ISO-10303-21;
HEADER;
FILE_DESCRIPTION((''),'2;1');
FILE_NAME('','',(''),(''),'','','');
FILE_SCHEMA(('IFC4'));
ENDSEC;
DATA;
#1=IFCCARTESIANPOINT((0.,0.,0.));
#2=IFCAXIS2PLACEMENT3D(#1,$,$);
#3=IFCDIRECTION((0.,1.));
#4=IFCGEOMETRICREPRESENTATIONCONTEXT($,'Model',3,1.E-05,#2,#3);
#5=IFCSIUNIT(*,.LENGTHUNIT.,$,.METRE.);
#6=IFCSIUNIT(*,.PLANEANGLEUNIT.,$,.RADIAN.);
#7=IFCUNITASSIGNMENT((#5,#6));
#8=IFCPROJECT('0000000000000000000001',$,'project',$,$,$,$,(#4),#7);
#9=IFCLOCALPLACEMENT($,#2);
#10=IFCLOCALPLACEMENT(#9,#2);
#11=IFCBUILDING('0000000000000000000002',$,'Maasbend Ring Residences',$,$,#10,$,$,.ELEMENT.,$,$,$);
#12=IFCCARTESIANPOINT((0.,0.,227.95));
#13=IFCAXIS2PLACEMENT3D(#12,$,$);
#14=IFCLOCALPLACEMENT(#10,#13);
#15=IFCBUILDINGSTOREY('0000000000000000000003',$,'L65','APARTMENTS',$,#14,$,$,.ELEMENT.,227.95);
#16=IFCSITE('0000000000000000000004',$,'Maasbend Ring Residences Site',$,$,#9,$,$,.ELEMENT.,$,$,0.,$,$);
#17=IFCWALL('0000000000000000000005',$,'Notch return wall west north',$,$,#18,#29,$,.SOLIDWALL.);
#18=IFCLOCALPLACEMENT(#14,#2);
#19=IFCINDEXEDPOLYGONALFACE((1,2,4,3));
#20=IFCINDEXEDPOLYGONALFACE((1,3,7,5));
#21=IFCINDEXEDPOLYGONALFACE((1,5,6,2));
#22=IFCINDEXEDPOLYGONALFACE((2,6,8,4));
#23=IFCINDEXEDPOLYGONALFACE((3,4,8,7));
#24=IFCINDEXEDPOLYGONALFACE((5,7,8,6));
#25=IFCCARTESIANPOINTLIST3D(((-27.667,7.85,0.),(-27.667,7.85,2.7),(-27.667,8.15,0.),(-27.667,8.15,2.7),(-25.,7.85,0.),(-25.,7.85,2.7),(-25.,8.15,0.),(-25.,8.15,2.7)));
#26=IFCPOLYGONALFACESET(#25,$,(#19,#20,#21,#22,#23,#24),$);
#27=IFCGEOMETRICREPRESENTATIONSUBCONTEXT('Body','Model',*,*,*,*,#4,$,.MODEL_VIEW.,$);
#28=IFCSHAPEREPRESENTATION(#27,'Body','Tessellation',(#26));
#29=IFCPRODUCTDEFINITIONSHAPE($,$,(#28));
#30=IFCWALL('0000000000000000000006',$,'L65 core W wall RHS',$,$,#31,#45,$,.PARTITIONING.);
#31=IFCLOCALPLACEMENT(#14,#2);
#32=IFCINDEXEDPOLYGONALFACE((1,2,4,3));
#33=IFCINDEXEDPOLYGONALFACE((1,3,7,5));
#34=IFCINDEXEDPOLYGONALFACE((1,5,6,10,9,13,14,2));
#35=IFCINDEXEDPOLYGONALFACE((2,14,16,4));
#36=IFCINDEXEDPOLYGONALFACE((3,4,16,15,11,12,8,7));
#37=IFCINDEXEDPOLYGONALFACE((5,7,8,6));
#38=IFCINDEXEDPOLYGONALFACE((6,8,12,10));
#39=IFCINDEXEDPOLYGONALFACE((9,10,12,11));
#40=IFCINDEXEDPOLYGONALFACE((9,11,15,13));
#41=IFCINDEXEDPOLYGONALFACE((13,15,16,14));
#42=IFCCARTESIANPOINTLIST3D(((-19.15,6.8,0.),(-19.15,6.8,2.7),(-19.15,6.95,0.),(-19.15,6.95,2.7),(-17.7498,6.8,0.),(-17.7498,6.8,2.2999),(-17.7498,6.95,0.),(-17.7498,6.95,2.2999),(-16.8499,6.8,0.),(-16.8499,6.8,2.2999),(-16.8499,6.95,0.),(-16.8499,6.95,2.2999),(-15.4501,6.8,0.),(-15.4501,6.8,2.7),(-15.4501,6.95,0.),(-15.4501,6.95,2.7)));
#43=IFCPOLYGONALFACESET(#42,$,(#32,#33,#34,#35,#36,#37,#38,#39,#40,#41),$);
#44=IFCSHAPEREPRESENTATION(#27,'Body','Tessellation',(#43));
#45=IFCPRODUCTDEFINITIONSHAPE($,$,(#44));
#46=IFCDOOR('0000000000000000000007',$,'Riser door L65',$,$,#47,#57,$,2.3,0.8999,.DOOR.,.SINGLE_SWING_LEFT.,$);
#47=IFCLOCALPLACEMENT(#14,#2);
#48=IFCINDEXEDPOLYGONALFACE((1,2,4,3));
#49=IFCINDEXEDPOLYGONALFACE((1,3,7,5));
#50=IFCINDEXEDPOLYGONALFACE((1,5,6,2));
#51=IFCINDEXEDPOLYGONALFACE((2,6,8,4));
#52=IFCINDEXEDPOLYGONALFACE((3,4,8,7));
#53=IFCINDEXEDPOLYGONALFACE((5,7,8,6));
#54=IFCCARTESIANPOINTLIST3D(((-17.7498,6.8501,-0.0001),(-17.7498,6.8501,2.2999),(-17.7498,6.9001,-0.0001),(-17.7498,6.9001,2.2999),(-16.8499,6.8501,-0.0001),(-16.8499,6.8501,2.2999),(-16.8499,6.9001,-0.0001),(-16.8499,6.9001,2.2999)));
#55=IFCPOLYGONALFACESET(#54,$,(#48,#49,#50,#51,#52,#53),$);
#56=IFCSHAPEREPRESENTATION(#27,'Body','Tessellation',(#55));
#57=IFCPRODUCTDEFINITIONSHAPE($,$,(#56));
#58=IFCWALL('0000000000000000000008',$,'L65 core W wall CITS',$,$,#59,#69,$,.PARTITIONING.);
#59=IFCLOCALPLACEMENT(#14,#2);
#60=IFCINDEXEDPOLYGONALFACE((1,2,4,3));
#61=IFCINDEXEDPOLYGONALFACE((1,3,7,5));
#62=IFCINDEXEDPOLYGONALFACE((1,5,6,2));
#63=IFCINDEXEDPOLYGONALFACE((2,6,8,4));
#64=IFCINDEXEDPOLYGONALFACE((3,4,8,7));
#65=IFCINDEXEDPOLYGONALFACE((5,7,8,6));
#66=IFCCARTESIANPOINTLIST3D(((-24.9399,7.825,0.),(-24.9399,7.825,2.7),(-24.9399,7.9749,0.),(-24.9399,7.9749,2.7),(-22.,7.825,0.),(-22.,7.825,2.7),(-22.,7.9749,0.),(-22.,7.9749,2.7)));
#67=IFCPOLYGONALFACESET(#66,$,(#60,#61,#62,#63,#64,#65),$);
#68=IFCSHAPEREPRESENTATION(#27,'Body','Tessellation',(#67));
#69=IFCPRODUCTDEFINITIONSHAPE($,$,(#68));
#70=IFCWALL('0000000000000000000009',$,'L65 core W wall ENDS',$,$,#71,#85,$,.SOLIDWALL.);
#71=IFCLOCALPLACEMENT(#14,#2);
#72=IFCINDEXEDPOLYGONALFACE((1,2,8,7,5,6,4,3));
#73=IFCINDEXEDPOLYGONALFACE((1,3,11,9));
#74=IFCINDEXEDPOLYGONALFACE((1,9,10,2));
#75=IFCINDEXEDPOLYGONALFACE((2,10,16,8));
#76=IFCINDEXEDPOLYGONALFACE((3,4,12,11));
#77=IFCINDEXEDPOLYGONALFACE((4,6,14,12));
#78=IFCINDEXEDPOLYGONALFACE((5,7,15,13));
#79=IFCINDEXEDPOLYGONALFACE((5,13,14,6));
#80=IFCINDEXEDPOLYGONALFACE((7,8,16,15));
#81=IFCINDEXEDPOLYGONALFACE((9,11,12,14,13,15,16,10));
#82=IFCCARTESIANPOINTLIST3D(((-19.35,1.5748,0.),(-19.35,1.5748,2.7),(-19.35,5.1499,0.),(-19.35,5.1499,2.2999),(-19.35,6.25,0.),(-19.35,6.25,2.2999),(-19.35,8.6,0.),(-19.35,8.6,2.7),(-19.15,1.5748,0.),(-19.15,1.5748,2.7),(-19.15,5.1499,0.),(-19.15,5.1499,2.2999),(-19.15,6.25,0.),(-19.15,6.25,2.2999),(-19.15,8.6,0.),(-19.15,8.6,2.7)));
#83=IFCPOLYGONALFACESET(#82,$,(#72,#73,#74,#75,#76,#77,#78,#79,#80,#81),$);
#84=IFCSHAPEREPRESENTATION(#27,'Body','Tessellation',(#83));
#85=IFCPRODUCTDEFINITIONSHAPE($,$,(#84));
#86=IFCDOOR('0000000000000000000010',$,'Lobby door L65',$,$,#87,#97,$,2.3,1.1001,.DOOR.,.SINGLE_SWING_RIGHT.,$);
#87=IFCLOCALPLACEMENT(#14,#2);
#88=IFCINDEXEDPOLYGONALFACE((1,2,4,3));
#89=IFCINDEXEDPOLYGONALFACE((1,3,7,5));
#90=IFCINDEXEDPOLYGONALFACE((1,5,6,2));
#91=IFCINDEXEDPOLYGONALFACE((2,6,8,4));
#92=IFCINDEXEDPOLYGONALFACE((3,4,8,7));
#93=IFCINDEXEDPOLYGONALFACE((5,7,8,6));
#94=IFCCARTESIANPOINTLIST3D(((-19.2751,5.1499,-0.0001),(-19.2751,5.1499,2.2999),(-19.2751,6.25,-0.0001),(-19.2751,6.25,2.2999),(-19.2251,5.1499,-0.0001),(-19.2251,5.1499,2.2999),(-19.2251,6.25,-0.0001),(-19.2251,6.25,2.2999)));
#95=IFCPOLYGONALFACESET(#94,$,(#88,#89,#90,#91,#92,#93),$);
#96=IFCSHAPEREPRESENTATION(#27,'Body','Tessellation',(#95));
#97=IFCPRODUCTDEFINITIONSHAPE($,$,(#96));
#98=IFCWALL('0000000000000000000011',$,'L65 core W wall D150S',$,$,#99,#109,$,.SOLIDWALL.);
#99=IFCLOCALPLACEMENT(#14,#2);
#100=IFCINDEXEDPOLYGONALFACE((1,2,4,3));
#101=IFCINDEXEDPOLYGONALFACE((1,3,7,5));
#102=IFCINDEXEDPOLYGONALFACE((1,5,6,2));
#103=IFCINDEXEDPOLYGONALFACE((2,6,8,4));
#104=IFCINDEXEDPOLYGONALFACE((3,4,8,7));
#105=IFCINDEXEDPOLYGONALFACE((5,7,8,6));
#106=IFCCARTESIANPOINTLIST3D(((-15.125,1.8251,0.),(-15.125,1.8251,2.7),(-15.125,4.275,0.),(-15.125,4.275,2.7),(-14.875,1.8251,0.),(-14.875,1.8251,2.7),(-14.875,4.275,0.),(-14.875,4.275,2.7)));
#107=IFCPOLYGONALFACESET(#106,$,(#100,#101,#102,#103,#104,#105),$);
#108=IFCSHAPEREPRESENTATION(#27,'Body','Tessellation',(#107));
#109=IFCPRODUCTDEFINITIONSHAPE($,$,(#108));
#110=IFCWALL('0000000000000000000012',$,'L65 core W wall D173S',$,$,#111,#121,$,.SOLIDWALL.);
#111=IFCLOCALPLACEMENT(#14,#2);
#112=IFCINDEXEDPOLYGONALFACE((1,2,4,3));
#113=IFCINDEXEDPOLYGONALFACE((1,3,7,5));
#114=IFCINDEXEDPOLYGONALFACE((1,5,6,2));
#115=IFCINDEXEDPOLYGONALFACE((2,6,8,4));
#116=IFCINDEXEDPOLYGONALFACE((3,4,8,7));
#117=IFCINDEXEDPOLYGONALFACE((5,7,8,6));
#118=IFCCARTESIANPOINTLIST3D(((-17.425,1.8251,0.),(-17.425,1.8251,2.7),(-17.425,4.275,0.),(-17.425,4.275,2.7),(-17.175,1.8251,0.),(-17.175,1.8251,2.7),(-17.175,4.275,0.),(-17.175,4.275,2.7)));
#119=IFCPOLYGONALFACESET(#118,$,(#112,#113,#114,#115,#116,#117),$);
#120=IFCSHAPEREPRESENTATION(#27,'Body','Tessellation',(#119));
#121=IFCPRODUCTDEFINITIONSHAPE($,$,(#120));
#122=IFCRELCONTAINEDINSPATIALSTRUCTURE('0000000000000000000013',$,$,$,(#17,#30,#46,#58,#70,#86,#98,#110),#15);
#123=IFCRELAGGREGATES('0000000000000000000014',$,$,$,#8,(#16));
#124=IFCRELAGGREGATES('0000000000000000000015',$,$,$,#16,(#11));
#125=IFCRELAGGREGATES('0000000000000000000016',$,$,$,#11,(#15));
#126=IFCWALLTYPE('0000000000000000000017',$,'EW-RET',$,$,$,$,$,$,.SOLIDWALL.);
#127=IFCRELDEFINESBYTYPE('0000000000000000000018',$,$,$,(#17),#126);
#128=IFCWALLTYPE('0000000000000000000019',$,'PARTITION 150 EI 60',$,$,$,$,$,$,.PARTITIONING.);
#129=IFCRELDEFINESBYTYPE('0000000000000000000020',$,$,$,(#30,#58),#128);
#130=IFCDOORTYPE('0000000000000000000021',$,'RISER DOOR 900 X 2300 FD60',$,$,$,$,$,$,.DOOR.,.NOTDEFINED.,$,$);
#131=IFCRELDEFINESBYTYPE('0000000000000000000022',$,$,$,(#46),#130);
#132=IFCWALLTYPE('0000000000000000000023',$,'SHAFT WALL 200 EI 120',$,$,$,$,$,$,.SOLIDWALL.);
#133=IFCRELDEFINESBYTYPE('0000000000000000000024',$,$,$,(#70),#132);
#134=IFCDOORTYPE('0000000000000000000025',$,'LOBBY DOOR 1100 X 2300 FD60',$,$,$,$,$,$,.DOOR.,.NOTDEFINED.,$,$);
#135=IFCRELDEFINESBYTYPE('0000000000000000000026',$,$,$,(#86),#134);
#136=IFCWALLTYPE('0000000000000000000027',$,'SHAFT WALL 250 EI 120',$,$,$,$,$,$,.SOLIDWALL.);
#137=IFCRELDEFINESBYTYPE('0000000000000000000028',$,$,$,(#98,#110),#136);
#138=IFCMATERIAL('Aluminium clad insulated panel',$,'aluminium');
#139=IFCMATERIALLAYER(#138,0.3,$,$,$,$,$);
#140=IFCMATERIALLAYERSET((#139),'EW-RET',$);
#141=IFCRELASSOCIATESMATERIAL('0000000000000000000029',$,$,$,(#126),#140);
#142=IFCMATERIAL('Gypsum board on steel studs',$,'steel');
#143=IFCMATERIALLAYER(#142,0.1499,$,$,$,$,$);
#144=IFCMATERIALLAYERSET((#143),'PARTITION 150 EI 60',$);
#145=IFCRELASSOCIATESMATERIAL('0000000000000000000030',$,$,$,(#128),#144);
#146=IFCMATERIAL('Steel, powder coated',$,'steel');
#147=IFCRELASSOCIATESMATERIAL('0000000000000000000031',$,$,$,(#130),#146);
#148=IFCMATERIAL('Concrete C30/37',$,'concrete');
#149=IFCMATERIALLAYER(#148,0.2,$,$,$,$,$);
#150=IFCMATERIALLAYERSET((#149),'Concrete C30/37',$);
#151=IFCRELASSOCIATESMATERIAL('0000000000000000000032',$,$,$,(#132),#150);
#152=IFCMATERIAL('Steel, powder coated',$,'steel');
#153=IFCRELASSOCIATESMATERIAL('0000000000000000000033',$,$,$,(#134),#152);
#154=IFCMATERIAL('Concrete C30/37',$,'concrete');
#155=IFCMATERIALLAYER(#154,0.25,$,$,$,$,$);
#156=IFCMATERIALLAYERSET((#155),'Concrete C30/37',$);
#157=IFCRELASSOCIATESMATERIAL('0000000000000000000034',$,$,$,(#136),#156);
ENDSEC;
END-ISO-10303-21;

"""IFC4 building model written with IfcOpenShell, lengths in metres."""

from ifc_helpers import new_model, si_unit, direction, frame, frame_2d, origin, place, context, subcontext, project, spatial, rectangle, extrude, material, layer, layer_set, type_object, element, fill, save


model = new_model("IFC4")

# Units and contexts
model_context = context("Model", 3, precision=1e-05, world=origin(), true_north=direction((0.0, 1.0)))
body_context = subcontext(model_context, "Body", "Model", "MODEL_VIEW")
ifc_project = project(units=[si_unit("LENGTHUNIT", "METRE"), si_unit("PLANEANGLEUNIT", "RADIAN")], contexts=[model_context])

# Site, building, storey
site_placement = place(None, origin())
site = spatial("IfcSite", under=ifc_project, at=site_placement, Name="Maasbend Ring Residences Site", CompositionType="ELEMENT", RefElevation=0.0)
building_placement = place(site_placement, origin())
building = spatial("IfcBuilding", under=site, at=building_placement, Name="Maasbend Ring Residences", CompositionType="ELEMENT")
storey_placement = place(building_placement, frame((0.0, 0.0, 227.95)))
storey = spatial("IfcBuildingStorey", under=building, at=storey_placement, Name="L65", Description="APARTMENTS", CompositionType="ELEMENT", Elevation=227.95)

# Wall
ifc_material_1 = material(Name="Aluminium clad insulated panel", Category="aluminium")
ifc_layer_1 = layer(ifc_material_1, 0.3)
ifc_layer_set_1 = layer_set([ifc_layer_1], Name="EW-RET")
wall_type_1 = type_object("IfcWallType", Name="EW-RET", PredefinedType="SOLIDWALL", material=ifc_layer_set_1)
wall_1_placement = place(storey_placement, frame((-25.0, 8.0, 0.0), z_axis=(0.0, 0.0, 1.0), x_axis=(-1.0, 0.0, 0.0)))
element("IfcWall", 1, at=wall_1_placement, inside=storey, type_object=wall_type_1, Name="Notch return wall west north", PredefinedType="SOLIDWALL", context=body_context, shape_type="SweptSolid", body=[
    extrude(rectangle(XDim=2.667, YDim=0.3, at=frame_2d((1.3335, 0.0))), origin(), (0.0, 0.0, 1.0), 2.7),
])

# Wall, opening, door
ifc_material_2 = material(Name="Gypsum board on steel studs", Category="steel")
ifc_layer_2 = layer(ifc_material_2, 0.1499)
ifc_layer_set_2 = layer_set([ifc_layer_2], Name="PARTITION 150 EI 60")
wall_type_2 = type_object("IfcWallType", Name="PARTITION 150 EI 60", PredefinedType="PARTITIONING", material=ifc_layer_set_2)
wall_2_placement = place(storey_placement, frame((-15.45, 6.875, 0.0), z_axis=(0.0, 0.0, 1.0), x_axis=(-1.0, 0.0, 0.0)))
wall_2 = element("IfcWall", 2, at=wall_2_placement, inside=storey, type_object=wall_type_2, Name="L65 core W wall RHS", PredefinedType="PARTITIONING", context=body_context, shape_type="SweptSolid", body=[
    extrude(rectangle(XDim=3.7, YDim=0.1499, at=frame_2d((1.8501, 0.0))), origin(), (0.0, 0.0, 1.0), 2.7),
])
opening_1_placement = place(wall_2_placement, frame((1.3999, 0.0, 0.0)))
opening_1 = element("IfcOpeningElement", 3, at=opening_1_placement, cuts=wall_2, PredefinedType="OPENING", context=body_context, shape_type="SweptSolid", body=[
    extrude(rectangle(XDim=0.8999, YDim=2.3, at=frame_2d((0.45, 1.1499))), frame((0.0, 0.085, 0.0), z_axis=(0.0, -1.0, 0.0), x_axis=(1.0, 0.0, 0.0)), (0.0, 0.0, 1.0), 0.1699),
])
ifc_material_3 = material(Name="Steel, powder coated", Category="steel")
door_type_1 = type_object("IfcDoorType", Name="RISER DOOR 900 X 2300 FD60", OperationType="NOTDEFINED", PredefinedType="DOOR", material=ifc_material_3)
door_1_placement = place(opening_1_placement, origin())
door_1 = element("IfcDoor", 4, at=door_1_placement, inside=storey, type_object=door_type_1, Name="Riser door L65", OperationType="SINGLE_SWING_LEFT", OverallHeight=2.3, OverallWidth=0.8999, PredefinedType="DOOR", context=body_context, shape_type="SweptSolid", body=[
    extrude(rectangle(XDim=0.8999, YDim=2.3, at=frame_2d((0.45, 1.1499))), frame((0.0, 0.0249, 0.0), z_axis=(0.0, -1.0, 0.0), x_axis=(1.0, 0.0, 0.0)), (0.0, 0.0, 1.0), 0.05),
])
fill(opening_1, door_1)

# Wall
wall_3_placement = place(storey_placement, frame((-22.0, 7.8999, 0.0), z_axis=(0.0, 0.0, 1.0), x_axis=(-1.0, 0.0, 0.0)))
element("IfcWall", 5, at=wall_3_placement, inside=storey, type_object=wall_type_2, Name="L65 core W wall CITS", PredefinedType="PARTITIONING", context=body_context, shape_type="SweptSolid", body=[
    extrude(rectangle(XDim=2.9399, YDim=0.1499, at=frame_2d((1.47, 0.0))), origin(), (0.0, 0.0, 1.0), 2.7),
])

# Wall, opening, door
ifc_material_4 = material(Name="Concrete C30/37", Category="concrete")
ifc_layer_3 = layer(ifc_material_4, 0.2)
ifc_layer_set_3 = layer_set([ifc_layer_3], Name="Concrete C30/37")
wall_type_3 = type_object("IfcWallType", Name="SHAFT WALL 200 EI 120", PredefinedType="SOLIDWALL", material=ifc_layer_set_3)
wall_4_placement = place(storey_placement, frame((-19.25, 8.6001, 0.0), z_axis=(0.0, 0.0, 1.0), x_axis=(0.0, -1.0, 0.0)))
wall_4 = element("IfcWall", 6, at=wall_4_placement, inside=storey, type_object=wall_type_3, Name="L65 core W wall ENDS", PredefinedType="SOLIDWALL", context=body_context, shape_type="SweptSolid", body=[
    extrude(rectangle(XDim=7.0251, YDim=0.2, at=frame_2d((3.5127, 0.0))), origin(), (0.0, 0.0, 1.0), 2.7),
])
opening_2_placement = place(wall_4_placement, frame((2.3501, 0.0, 0.0)))
opening_2 = element("IfcOpeningElement", 7, at=opening_2_placement, cuts=wall_4, PredefinedType="OPENING", context=body_context, shape_type="SweptSolid", body=[
    extrude(rectangle(XDim=1.1001, YDim=2.3, at=frame_2d((0.55, 1.1499))), frame((0.0, 0.1099, 0.0), z_axis=(0.0, -1.0, 0.0), x_axis=(1.0, 0.0, 0.0)), (0.0, 0.0, 1.0), 0.22),
])
ifc_material_5 = material(Name="Steel, powder coated", Category="steel")
door_type_2 = type_object("IfcDoorType", Name="LOBBY DOOR 1100 X 2300 FD60", OperationType="NOTDEFINED", PredefinedType="DOOR", material=ifc_material_5)
door_2_placement = place(opening_2_placement, origin())
door_2 = element("IfcDoor", 8, at=door_2_placement, inside=storey, type_object=door_type_2, Name="Lobby door L65", OperationType="SINGLE_SWING_RIGHT", OverallHeight=2.3, OverallWidth=1.1001, PredefinedType="DOOR", context=body_context, shape_type="SweptSolid", body=[
    extrude(rectangle(XDim=1.1001, YDim=2.3, at=frame_2d((0.55, 1.1499))), frame((0.0, 0.0249, 0.0), z_axis=(0.0, -1.0, 0.0), x_axis=(1.0, 0.0, 0.0)), (0.0, 0.0, 1.0), 0.05),
])
fill(opening_2, door_2)

# Walls
ifc_material_6 = material(Name="Concrete C30/37", Category="concrete")
ifc_layer_4 = layer(ifc_material_6, 0.25)
ifc_layer_set_4 = layer_set([ifc_layer_4], Name="Concrete C30/37")
wall_type_4 = type_object("IfcWallType", Name="SHAFT WALL 250 EI 120", PredefinedType="SOLIDWALL", material=ifc_layer_set_4)
for number, where, z_axis, x_axis, name in (
    (9, (-15.0, 1.825, 0.0), (0.0, 0.0, 1.0), (0.0, 1.0, 0.0), "L65 core W wall D150S"),
    (10, (-17.3, 1.825, 0.0), (0.0, 0.0, 1.0), (0.0, 1.0, 0.0), "L65 core W wall D173S"),
):
    element("IfcWall", number, at=place(storey_placement, frame(where, z_axis=z_axis, x_axis=x_axis)), inside=storey, type_object=wall_type_4, Name=name, PredefinedType="SOLIDWALL", context=body_context, shape_type="SweptSolid", body=[
        extrude(rectangle(XDim=2.45, YDim=0.25, at=frame_2d((1.2251, 0.0))), origin(), (0.0, 0.0, 1.0), 2.7),
    ])

save(model, "model.ifc")
